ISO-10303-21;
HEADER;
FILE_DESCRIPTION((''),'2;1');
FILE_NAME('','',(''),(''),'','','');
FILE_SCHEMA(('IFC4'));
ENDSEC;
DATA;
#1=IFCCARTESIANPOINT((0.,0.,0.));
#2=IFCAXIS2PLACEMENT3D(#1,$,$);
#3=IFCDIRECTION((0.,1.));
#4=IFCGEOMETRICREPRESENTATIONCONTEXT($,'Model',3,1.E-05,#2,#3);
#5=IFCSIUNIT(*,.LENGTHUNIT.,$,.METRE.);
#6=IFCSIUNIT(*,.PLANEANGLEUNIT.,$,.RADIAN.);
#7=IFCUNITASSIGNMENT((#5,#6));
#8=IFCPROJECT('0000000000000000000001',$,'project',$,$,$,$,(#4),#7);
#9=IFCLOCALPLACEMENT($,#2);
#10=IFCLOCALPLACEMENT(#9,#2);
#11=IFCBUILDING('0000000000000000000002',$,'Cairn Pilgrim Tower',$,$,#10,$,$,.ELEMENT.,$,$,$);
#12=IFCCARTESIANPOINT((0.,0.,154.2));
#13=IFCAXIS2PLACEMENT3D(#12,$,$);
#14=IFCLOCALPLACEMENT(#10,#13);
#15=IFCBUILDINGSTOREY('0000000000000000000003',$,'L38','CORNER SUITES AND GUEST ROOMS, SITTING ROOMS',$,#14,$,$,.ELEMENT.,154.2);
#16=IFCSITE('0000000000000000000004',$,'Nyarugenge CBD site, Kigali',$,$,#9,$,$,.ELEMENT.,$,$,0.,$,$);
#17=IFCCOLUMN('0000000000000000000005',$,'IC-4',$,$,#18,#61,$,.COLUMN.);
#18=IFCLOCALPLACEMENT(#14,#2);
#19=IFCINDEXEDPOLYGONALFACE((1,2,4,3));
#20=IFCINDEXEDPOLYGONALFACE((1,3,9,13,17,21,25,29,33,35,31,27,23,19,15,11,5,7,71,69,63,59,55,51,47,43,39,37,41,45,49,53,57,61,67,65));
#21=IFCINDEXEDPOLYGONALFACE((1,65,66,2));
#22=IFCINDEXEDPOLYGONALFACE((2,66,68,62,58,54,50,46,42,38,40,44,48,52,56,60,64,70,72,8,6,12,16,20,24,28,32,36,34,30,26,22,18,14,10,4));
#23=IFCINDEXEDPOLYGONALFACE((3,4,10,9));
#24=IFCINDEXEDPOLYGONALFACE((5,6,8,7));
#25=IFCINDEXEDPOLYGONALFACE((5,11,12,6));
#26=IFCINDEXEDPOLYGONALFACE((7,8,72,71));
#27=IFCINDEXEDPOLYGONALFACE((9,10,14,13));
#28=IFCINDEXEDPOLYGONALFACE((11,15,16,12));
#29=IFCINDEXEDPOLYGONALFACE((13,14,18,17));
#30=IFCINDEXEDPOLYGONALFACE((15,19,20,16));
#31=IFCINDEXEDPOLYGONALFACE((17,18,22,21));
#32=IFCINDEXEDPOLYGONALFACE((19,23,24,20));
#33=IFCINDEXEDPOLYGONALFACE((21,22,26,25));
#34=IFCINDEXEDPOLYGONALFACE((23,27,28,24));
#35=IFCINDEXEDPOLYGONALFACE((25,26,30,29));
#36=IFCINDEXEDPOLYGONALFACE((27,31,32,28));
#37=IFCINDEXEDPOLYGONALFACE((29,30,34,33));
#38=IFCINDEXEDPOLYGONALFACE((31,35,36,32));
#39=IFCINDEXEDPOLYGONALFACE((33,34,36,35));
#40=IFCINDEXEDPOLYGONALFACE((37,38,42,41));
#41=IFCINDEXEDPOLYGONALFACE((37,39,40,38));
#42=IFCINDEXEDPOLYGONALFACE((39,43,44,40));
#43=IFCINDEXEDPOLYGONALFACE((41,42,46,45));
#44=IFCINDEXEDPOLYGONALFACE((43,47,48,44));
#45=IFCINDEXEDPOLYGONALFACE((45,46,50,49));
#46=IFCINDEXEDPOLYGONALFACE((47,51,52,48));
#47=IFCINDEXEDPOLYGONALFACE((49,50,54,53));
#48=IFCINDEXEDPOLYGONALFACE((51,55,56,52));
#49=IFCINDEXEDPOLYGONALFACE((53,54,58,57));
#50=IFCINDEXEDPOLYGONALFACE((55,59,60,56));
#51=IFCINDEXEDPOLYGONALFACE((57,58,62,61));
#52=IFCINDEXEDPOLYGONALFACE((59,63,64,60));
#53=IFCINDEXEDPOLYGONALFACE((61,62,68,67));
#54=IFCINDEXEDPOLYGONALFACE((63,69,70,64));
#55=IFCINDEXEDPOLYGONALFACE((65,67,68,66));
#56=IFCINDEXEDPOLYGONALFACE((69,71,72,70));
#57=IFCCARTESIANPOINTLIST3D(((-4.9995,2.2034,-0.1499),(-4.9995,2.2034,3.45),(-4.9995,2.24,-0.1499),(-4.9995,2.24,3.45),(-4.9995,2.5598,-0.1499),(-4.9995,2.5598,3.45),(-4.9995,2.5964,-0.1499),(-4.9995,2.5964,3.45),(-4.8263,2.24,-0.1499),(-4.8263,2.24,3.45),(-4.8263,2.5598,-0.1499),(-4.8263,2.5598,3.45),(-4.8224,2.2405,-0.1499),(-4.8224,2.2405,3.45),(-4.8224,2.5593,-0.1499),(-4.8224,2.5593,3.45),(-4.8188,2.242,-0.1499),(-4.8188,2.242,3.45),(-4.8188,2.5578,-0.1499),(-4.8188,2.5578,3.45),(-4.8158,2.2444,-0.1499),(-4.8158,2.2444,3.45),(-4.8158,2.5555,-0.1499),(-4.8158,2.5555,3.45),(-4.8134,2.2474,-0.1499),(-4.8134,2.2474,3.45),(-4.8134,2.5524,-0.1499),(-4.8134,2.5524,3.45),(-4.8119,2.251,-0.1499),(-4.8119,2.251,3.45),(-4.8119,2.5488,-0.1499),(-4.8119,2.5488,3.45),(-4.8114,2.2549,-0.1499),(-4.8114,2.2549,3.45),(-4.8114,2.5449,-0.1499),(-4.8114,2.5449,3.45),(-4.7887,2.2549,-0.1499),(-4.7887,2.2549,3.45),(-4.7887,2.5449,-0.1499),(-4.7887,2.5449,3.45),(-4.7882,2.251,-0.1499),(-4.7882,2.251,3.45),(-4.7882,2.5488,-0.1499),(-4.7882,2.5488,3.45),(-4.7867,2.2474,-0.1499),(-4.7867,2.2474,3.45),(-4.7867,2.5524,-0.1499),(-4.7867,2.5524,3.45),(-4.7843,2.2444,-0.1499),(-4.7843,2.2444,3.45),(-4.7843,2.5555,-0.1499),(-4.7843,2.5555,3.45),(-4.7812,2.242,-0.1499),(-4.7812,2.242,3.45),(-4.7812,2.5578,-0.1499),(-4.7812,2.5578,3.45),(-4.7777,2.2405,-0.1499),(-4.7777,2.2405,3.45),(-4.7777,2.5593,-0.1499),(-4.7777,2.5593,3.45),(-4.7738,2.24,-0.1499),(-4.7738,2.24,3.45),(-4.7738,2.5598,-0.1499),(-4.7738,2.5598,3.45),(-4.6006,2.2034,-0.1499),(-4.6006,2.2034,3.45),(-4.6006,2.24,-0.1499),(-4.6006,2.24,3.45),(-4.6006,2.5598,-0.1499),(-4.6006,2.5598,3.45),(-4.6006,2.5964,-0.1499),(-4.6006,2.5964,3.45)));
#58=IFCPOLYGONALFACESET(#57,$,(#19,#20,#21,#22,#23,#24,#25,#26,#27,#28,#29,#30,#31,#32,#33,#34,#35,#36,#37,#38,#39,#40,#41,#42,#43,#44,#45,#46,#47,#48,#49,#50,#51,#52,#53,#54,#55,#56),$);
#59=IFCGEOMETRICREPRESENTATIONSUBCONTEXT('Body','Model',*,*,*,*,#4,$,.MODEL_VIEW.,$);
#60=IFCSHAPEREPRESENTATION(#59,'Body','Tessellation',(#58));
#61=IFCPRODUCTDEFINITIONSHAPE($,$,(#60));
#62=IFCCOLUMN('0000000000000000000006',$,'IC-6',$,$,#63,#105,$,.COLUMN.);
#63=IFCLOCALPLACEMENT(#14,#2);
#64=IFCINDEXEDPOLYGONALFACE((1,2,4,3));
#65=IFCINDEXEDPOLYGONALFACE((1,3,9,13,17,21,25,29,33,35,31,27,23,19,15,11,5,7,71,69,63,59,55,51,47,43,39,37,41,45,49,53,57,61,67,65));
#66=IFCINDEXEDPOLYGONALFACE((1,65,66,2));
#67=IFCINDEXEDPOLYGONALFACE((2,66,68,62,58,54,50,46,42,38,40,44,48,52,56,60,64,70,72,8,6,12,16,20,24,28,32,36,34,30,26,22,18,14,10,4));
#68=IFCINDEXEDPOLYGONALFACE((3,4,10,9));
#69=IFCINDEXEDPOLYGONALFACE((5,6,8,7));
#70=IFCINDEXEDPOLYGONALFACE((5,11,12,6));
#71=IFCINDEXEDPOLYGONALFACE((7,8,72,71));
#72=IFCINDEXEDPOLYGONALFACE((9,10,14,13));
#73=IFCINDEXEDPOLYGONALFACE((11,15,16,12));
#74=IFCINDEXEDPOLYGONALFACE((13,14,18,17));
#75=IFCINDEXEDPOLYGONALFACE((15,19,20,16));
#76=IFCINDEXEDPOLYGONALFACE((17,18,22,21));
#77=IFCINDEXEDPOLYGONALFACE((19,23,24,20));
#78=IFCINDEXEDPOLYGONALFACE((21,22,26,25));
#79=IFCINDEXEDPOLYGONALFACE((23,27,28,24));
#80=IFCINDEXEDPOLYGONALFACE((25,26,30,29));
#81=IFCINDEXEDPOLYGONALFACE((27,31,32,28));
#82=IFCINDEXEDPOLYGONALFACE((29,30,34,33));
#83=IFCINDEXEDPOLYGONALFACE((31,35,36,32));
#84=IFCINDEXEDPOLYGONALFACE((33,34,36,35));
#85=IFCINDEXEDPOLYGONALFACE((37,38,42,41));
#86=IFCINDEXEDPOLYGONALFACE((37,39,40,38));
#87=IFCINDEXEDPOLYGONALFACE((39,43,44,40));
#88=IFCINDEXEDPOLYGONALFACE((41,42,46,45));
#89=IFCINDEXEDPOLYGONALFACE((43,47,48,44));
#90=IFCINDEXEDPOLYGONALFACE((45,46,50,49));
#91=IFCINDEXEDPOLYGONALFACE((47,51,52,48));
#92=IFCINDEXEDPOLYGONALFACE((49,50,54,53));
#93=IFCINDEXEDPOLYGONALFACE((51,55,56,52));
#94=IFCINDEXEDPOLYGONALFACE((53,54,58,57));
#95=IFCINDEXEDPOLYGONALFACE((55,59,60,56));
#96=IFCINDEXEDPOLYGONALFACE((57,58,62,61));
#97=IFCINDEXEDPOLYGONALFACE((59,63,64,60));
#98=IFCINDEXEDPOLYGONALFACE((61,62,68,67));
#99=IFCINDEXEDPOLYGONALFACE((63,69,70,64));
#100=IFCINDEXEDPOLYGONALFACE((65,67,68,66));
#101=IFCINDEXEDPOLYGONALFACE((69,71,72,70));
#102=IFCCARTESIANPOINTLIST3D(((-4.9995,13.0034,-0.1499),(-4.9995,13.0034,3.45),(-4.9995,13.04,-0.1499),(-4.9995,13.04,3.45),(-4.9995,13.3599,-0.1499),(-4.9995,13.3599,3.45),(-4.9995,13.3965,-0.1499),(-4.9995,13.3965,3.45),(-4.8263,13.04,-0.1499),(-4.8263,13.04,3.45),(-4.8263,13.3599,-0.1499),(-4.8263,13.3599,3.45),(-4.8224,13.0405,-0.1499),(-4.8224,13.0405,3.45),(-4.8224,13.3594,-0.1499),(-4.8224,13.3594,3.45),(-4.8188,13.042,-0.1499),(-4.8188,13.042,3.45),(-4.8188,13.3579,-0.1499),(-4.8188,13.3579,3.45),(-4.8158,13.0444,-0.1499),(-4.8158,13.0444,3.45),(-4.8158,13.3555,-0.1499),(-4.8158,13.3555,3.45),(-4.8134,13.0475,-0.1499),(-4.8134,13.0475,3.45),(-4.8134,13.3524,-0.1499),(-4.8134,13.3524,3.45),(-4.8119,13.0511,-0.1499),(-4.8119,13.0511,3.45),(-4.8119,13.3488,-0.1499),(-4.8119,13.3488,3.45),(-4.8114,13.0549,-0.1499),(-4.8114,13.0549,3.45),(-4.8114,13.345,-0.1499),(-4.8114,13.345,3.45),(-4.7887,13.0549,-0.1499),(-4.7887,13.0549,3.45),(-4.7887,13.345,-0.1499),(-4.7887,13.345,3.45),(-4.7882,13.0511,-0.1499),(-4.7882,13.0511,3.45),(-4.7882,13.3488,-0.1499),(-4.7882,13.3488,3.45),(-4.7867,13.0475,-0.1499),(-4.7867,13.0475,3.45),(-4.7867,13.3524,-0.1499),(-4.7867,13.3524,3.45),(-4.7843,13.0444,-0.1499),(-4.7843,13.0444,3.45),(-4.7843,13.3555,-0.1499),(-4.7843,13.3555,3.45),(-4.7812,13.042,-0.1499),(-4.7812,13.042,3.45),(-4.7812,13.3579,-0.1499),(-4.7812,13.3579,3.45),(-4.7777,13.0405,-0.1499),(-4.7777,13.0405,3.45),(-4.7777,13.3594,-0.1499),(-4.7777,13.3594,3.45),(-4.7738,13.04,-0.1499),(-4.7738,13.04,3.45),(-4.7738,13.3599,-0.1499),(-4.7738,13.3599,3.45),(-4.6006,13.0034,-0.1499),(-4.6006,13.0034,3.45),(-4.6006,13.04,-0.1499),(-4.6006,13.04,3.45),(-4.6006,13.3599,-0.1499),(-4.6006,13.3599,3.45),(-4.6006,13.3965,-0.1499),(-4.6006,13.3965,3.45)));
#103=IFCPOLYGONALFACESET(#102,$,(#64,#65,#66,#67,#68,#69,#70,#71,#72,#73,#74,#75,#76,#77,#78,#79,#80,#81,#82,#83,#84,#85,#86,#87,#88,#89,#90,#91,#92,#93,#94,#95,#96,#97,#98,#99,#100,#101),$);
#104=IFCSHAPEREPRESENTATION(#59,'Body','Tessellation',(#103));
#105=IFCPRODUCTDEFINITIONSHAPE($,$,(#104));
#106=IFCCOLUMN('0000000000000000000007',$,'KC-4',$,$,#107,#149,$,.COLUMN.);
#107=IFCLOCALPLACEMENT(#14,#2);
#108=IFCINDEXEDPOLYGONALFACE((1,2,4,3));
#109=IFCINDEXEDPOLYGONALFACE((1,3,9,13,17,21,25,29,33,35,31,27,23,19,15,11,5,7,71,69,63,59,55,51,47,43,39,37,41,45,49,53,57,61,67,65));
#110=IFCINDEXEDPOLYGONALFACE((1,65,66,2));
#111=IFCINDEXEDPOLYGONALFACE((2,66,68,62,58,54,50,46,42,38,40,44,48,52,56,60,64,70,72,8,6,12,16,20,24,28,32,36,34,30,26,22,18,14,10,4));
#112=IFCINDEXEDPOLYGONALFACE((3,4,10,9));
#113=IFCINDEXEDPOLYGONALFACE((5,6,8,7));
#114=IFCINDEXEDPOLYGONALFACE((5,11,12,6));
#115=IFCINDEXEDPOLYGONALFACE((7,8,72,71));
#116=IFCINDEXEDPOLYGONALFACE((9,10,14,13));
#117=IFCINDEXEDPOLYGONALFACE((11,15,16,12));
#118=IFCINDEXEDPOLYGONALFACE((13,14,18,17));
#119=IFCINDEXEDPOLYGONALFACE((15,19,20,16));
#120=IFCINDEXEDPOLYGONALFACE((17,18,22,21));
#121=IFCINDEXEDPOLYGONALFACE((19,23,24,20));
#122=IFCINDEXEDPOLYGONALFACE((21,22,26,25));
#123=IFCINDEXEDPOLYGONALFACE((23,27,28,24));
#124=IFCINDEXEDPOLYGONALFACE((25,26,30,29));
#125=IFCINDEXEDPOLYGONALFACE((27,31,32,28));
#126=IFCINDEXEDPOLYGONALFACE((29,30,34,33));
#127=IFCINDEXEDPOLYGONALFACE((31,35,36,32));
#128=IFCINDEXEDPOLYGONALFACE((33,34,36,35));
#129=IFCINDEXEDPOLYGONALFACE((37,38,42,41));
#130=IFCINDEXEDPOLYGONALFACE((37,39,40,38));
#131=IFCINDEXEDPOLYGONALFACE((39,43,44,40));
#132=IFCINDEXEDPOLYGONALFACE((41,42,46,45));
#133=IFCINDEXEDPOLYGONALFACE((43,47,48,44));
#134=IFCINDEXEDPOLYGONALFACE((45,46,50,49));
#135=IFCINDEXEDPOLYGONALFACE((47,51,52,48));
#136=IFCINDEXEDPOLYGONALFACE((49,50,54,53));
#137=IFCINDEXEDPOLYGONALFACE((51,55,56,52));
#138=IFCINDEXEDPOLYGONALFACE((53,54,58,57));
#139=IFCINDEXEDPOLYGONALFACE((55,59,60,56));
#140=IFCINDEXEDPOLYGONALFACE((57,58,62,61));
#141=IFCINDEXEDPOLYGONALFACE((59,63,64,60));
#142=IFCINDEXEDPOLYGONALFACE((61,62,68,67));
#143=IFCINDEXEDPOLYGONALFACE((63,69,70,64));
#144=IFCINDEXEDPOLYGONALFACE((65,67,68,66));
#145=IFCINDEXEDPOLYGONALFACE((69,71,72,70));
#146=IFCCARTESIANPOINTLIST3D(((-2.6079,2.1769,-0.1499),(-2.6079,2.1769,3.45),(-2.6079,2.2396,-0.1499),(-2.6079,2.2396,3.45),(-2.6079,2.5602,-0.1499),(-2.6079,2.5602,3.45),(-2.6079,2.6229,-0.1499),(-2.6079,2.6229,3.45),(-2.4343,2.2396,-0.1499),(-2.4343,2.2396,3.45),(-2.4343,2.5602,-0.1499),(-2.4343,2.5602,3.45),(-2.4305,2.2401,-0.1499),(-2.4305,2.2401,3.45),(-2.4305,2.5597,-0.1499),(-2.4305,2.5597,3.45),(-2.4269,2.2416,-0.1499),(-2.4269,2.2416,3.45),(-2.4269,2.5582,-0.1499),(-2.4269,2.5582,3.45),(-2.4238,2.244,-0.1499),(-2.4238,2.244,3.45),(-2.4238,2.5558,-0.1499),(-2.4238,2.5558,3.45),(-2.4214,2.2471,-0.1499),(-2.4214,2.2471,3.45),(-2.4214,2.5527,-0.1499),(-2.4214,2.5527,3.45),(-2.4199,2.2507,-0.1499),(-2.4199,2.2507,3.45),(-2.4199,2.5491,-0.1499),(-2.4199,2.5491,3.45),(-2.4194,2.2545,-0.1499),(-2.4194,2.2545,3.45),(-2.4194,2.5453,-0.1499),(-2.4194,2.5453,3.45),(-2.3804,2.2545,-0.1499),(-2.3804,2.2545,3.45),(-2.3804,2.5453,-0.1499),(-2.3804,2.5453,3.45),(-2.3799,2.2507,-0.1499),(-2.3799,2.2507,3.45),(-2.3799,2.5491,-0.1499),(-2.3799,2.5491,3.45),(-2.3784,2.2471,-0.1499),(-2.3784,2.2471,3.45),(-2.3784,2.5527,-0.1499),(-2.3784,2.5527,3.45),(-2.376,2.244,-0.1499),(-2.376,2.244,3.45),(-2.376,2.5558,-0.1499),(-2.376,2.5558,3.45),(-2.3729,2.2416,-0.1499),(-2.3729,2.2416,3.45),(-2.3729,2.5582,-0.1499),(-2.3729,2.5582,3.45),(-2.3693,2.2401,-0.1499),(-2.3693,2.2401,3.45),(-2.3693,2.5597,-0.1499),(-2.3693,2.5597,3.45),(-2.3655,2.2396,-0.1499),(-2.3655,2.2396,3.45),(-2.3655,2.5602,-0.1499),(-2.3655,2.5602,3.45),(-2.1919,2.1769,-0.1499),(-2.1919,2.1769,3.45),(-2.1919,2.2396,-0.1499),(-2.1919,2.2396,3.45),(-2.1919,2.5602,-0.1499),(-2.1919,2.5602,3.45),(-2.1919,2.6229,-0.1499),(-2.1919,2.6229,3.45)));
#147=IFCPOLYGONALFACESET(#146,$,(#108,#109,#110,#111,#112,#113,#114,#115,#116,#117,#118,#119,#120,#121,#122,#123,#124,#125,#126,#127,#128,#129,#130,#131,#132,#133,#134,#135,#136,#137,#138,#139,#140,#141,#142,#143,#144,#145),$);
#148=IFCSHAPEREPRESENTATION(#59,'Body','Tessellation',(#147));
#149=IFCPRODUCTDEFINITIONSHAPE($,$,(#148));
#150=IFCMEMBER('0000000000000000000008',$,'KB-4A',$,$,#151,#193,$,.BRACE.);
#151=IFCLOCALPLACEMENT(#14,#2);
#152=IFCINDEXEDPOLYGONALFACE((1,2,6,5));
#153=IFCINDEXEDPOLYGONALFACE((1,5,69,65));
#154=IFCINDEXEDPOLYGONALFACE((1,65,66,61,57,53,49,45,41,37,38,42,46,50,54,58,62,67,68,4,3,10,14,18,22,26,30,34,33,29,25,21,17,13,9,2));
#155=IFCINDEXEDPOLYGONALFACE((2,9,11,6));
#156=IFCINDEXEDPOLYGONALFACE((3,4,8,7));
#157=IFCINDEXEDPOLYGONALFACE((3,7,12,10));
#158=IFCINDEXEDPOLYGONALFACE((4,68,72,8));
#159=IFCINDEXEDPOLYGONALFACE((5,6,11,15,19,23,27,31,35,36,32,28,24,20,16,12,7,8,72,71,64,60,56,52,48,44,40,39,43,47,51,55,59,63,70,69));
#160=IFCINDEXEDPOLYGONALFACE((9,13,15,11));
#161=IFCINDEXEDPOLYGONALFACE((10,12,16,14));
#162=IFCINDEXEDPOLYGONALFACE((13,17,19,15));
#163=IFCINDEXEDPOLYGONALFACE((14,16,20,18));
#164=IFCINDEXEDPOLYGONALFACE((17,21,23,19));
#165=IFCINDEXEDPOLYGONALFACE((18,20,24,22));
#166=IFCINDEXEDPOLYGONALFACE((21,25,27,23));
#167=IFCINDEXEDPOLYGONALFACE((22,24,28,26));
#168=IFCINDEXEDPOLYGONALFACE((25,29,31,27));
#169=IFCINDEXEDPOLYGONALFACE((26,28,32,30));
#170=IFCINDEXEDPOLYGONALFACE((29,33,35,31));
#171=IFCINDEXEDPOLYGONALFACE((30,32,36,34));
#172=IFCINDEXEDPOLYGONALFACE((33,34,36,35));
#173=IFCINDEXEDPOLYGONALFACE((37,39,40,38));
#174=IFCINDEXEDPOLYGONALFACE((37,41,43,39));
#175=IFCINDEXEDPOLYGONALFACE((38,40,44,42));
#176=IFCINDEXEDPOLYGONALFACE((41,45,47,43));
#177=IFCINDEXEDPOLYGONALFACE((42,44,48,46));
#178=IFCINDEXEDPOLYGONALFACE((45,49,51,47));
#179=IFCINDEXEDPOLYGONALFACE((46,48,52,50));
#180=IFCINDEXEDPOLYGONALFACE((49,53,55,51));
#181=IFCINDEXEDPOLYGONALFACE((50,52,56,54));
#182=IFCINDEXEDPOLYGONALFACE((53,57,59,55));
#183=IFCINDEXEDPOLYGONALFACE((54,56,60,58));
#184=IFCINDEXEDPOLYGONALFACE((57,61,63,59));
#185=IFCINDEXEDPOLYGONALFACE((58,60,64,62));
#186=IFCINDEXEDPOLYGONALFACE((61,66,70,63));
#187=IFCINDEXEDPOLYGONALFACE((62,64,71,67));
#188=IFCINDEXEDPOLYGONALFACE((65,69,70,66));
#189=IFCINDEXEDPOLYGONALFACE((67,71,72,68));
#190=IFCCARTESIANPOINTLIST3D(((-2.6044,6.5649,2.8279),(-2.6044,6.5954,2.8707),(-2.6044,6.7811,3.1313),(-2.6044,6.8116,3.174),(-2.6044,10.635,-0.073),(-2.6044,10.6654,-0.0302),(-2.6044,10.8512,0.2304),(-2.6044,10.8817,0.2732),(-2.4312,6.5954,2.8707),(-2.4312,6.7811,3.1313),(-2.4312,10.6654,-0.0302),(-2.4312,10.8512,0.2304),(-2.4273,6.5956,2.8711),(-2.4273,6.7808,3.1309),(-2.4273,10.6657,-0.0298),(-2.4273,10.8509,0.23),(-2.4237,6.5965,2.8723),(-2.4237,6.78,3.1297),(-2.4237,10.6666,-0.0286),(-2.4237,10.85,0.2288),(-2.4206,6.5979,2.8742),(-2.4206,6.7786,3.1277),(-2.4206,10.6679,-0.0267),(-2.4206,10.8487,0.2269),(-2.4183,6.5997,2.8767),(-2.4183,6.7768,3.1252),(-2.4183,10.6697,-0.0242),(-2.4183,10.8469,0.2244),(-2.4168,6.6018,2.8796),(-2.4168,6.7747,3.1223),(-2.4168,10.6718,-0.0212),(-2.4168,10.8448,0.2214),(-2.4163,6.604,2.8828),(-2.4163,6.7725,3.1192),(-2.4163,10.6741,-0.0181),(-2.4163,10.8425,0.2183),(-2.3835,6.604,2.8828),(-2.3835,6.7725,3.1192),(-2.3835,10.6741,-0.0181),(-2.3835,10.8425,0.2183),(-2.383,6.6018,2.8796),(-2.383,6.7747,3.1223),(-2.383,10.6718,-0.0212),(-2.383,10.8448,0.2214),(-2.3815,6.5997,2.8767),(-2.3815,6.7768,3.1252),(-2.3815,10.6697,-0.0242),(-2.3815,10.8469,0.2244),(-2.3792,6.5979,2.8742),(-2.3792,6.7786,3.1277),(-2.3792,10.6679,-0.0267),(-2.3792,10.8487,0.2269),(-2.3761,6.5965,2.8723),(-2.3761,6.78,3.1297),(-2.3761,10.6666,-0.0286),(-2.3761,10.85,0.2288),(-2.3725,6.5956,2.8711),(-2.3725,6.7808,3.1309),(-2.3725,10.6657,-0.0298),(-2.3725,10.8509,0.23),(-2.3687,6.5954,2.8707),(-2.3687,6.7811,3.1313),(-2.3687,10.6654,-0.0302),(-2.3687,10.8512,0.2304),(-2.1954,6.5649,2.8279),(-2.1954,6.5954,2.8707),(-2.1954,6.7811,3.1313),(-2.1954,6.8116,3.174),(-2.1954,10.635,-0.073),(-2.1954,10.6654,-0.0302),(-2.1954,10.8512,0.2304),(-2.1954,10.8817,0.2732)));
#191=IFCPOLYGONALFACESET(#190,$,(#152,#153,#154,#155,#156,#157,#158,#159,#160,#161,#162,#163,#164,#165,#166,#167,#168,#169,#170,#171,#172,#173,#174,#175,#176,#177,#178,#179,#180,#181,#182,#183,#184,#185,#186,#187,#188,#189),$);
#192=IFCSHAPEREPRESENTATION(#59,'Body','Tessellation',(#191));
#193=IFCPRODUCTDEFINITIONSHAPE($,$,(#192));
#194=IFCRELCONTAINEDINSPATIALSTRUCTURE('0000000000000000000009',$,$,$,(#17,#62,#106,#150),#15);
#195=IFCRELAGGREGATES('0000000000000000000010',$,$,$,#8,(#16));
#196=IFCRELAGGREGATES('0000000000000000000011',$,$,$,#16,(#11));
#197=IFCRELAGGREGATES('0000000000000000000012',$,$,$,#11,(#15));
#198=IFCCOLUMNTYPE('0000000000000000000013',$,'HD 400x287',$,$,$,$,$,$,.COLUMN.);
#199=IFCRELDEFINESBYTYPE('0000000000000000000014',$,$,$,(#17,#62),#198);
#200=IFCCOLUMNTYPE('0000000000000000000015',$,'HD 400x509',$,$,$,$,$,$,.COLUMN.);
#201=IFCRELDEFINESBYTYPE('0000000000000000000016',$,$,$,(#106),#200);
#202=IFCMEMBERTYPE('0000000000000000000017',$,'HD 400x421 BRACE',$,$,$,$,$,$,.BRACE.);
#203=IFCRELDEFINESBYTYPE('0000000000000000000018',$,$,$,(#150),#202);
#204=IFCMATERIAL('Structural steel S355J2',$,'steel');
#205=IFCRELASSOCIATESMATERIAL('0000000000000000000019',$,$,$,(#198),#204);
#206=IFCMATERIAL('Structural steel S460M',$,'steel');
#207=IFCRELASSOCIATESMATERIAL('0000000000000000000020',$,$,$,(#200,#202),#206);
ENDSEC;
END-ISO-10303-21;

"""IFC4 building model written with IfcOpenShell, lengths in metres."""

from ifc_helpers import new_model, si_unit, direction, frame, origin, origin_2d, place, context, subcontext, project, spatial, i_section, extrude, material, material_profile, profile_set, type_object, element, save


model = new_model("IFC4")

# Units and contexts
model_context = context("Model", 3, precision=1e-05, world=origin(), true_north=direction((0.0, 1.0)))
body_context = subcontext(model_context, "Body", "Model", "MODEL_VIEW")
ifc_project = project(units=[si_unit("LENGTHUNIT", "METRE"), si_unit("PLANEANGLEUNIT", "RADIAN")], contexts=[model_context])

# Site, building, storey
site_placement = place(None, origin())
site = spatial("IfcSite", under=ifc_project, at=site_placement, Name="Nyarugenge CBD site, Kigali", CompositionType="ELEMENT", RefElevation=0.0)
building_placement = place(site_placement, origin())
building = spatial("IfcBuilding", under=site, at=building_placement, Name="Cairn Pilgrim Tower", CompositionType="ELEMENT")
storey_placement = place(building_placement, frame((0.0, 0.0, 154.2)))
storey = spatial("IfcBuildingStorey", under=building, at=storey_placement, Name="L38", Description="CORNER SUITES AND GUEST ROOMS, SITTING ROOMS", CompositionType="ELEMENT", Elevation=154.2)

# Columns
ifc_material_1 = material(Name="Structural steel S355J2", Category="steel")
ifc_material_profile_1 = material_profile(ifc_material_1, i_section(OverallWidth=0.3989, OverallDepth=0.3931, WebThickness=0.0227, FlangeThickness=0.0366, FilletRadius=0.0149, at=origin_2d()), Name="HD 400x287")
ifc_profile_set_1 = profile_set([ifc_material_profile_1], Name="Structural steel S355J2")
column_type_1 = type_object("IfcColumnType", Name="HD 400x287", PredefinedType="COLUMN", material=ifc_profile_set_1)
for number, where, z_axis, x_axis, name in (
    (1, (-4.8, 2.3999, -0.1499), (0.0, 0.0, 1.0), (1.0, 0.0, 0.0), "IC-4"),
    (2, (-4.8, 13.2, -0.1499), (0.0, 0.0, 1.0), (1.0, 0.0, 0.0), "IC-6"),
):
    element("IfcColumn", number, at=place(storey_placement, frame(where, z_axis=z_axis, x_axis=x_axis)), inside=storey, type_object=column_type_1, Name=name, PredefinedType="COLUMN", context=body_context, shape_type="SweptSolid", body=[
        extrude(i_section(OverallWidth=0.3989, OverallDepth=0.3931, WebThickness=0.0227, FlangeThickness=0.0366, FilletRadius=0.0149, at=origin_2d()), origin(), (0.0, 0.0, 1.0), 3.5999),
    ])
ifc_material_2 = material(Name="Structural steel S460M", Category="steel")
ifc_material_profile_2 = material_profile(ifc_material_2, i_section(OverallWidth=0.416, OverallDepth=0.446, WebThickness=0.0391, FlangeThickness=0.0627, FilletRadius=0.0149, at=origin_2d()), Name="HD 400x509")
ifc_profile_set_2 = profile_set([ifc_material_profile_2], Name="Structural steel S460M")
column_type_2 = type_object("IfcColumnType", Name="HD 400x509", PredefinedType="COLUMN", material=ifc_profile_set_2)
column_placement = place(storey_placement, frame((-2.3999, 2.3999, -0.1499), z_axis=(0.0, 0.0, 1.0), x_axis=(1.0, 0.0, 0.0)))
element("IfcColumn", 3, at=column_placement, inside=storey, type_object=column_type_2, Name="KC-4", PredefinedType="COLUMN", context=body_context, shape_type="SweptSolid", body=[
    extrude(i_section(OverallWidth=0.416, OverallDepth=0.446, WebThickness=0.0391, FlangeThickness=0.0627, FilletRadius=0.0149, at=origin_2d()), origin(), (0.0, 0.0, 1.0), 3.5999),
])

# Member
ifc_material_profile_3 = material_profile(ifc_material_2, i_section(OverallWidth=0.4089, OverallDepth=0.425, WebThickness=0.0327, FlangeThickness=0.0525, FilletRadius=0.0149, at=origin_2d()), Name="HD 400x421")
ifc_profile_set_3 = profile_set([ifc_material_profile_3], Name="Structural steel S460M")
member_type = type_object("IfcMemberType", Name="HD 400x421 BRACE", PredefinedType="BRACE", material=ifc_profile_set_3)
for number, where, z_axis, x_axis, name in (
    (4, (-2.3999, 10.7583, 0.1001), (0.0, -0.81433, 0.580402), (1.0, 0.0, 0.0), "KB-4A"),
):
    element("IfcMember", number, at=place(storey_placement, frame(where, z_axis=z_axis, x_axis=x_axis)), inside=storey, type_object=member_type, Name=name, PredefinedType="BRACE", context=body_context, shape_type="SweptSolid", body=[
        extrude(i_section(OverallWidth=0.4089, OverallDepth=0.425, WebThickness=0.0327, FlangeThickness=0.0525, FilletRadius=0.0149, at=origin_2d()), origin(), (0.0, 0.0, 1.0), 4.998),
    ])

save(model, "model.ifc")
